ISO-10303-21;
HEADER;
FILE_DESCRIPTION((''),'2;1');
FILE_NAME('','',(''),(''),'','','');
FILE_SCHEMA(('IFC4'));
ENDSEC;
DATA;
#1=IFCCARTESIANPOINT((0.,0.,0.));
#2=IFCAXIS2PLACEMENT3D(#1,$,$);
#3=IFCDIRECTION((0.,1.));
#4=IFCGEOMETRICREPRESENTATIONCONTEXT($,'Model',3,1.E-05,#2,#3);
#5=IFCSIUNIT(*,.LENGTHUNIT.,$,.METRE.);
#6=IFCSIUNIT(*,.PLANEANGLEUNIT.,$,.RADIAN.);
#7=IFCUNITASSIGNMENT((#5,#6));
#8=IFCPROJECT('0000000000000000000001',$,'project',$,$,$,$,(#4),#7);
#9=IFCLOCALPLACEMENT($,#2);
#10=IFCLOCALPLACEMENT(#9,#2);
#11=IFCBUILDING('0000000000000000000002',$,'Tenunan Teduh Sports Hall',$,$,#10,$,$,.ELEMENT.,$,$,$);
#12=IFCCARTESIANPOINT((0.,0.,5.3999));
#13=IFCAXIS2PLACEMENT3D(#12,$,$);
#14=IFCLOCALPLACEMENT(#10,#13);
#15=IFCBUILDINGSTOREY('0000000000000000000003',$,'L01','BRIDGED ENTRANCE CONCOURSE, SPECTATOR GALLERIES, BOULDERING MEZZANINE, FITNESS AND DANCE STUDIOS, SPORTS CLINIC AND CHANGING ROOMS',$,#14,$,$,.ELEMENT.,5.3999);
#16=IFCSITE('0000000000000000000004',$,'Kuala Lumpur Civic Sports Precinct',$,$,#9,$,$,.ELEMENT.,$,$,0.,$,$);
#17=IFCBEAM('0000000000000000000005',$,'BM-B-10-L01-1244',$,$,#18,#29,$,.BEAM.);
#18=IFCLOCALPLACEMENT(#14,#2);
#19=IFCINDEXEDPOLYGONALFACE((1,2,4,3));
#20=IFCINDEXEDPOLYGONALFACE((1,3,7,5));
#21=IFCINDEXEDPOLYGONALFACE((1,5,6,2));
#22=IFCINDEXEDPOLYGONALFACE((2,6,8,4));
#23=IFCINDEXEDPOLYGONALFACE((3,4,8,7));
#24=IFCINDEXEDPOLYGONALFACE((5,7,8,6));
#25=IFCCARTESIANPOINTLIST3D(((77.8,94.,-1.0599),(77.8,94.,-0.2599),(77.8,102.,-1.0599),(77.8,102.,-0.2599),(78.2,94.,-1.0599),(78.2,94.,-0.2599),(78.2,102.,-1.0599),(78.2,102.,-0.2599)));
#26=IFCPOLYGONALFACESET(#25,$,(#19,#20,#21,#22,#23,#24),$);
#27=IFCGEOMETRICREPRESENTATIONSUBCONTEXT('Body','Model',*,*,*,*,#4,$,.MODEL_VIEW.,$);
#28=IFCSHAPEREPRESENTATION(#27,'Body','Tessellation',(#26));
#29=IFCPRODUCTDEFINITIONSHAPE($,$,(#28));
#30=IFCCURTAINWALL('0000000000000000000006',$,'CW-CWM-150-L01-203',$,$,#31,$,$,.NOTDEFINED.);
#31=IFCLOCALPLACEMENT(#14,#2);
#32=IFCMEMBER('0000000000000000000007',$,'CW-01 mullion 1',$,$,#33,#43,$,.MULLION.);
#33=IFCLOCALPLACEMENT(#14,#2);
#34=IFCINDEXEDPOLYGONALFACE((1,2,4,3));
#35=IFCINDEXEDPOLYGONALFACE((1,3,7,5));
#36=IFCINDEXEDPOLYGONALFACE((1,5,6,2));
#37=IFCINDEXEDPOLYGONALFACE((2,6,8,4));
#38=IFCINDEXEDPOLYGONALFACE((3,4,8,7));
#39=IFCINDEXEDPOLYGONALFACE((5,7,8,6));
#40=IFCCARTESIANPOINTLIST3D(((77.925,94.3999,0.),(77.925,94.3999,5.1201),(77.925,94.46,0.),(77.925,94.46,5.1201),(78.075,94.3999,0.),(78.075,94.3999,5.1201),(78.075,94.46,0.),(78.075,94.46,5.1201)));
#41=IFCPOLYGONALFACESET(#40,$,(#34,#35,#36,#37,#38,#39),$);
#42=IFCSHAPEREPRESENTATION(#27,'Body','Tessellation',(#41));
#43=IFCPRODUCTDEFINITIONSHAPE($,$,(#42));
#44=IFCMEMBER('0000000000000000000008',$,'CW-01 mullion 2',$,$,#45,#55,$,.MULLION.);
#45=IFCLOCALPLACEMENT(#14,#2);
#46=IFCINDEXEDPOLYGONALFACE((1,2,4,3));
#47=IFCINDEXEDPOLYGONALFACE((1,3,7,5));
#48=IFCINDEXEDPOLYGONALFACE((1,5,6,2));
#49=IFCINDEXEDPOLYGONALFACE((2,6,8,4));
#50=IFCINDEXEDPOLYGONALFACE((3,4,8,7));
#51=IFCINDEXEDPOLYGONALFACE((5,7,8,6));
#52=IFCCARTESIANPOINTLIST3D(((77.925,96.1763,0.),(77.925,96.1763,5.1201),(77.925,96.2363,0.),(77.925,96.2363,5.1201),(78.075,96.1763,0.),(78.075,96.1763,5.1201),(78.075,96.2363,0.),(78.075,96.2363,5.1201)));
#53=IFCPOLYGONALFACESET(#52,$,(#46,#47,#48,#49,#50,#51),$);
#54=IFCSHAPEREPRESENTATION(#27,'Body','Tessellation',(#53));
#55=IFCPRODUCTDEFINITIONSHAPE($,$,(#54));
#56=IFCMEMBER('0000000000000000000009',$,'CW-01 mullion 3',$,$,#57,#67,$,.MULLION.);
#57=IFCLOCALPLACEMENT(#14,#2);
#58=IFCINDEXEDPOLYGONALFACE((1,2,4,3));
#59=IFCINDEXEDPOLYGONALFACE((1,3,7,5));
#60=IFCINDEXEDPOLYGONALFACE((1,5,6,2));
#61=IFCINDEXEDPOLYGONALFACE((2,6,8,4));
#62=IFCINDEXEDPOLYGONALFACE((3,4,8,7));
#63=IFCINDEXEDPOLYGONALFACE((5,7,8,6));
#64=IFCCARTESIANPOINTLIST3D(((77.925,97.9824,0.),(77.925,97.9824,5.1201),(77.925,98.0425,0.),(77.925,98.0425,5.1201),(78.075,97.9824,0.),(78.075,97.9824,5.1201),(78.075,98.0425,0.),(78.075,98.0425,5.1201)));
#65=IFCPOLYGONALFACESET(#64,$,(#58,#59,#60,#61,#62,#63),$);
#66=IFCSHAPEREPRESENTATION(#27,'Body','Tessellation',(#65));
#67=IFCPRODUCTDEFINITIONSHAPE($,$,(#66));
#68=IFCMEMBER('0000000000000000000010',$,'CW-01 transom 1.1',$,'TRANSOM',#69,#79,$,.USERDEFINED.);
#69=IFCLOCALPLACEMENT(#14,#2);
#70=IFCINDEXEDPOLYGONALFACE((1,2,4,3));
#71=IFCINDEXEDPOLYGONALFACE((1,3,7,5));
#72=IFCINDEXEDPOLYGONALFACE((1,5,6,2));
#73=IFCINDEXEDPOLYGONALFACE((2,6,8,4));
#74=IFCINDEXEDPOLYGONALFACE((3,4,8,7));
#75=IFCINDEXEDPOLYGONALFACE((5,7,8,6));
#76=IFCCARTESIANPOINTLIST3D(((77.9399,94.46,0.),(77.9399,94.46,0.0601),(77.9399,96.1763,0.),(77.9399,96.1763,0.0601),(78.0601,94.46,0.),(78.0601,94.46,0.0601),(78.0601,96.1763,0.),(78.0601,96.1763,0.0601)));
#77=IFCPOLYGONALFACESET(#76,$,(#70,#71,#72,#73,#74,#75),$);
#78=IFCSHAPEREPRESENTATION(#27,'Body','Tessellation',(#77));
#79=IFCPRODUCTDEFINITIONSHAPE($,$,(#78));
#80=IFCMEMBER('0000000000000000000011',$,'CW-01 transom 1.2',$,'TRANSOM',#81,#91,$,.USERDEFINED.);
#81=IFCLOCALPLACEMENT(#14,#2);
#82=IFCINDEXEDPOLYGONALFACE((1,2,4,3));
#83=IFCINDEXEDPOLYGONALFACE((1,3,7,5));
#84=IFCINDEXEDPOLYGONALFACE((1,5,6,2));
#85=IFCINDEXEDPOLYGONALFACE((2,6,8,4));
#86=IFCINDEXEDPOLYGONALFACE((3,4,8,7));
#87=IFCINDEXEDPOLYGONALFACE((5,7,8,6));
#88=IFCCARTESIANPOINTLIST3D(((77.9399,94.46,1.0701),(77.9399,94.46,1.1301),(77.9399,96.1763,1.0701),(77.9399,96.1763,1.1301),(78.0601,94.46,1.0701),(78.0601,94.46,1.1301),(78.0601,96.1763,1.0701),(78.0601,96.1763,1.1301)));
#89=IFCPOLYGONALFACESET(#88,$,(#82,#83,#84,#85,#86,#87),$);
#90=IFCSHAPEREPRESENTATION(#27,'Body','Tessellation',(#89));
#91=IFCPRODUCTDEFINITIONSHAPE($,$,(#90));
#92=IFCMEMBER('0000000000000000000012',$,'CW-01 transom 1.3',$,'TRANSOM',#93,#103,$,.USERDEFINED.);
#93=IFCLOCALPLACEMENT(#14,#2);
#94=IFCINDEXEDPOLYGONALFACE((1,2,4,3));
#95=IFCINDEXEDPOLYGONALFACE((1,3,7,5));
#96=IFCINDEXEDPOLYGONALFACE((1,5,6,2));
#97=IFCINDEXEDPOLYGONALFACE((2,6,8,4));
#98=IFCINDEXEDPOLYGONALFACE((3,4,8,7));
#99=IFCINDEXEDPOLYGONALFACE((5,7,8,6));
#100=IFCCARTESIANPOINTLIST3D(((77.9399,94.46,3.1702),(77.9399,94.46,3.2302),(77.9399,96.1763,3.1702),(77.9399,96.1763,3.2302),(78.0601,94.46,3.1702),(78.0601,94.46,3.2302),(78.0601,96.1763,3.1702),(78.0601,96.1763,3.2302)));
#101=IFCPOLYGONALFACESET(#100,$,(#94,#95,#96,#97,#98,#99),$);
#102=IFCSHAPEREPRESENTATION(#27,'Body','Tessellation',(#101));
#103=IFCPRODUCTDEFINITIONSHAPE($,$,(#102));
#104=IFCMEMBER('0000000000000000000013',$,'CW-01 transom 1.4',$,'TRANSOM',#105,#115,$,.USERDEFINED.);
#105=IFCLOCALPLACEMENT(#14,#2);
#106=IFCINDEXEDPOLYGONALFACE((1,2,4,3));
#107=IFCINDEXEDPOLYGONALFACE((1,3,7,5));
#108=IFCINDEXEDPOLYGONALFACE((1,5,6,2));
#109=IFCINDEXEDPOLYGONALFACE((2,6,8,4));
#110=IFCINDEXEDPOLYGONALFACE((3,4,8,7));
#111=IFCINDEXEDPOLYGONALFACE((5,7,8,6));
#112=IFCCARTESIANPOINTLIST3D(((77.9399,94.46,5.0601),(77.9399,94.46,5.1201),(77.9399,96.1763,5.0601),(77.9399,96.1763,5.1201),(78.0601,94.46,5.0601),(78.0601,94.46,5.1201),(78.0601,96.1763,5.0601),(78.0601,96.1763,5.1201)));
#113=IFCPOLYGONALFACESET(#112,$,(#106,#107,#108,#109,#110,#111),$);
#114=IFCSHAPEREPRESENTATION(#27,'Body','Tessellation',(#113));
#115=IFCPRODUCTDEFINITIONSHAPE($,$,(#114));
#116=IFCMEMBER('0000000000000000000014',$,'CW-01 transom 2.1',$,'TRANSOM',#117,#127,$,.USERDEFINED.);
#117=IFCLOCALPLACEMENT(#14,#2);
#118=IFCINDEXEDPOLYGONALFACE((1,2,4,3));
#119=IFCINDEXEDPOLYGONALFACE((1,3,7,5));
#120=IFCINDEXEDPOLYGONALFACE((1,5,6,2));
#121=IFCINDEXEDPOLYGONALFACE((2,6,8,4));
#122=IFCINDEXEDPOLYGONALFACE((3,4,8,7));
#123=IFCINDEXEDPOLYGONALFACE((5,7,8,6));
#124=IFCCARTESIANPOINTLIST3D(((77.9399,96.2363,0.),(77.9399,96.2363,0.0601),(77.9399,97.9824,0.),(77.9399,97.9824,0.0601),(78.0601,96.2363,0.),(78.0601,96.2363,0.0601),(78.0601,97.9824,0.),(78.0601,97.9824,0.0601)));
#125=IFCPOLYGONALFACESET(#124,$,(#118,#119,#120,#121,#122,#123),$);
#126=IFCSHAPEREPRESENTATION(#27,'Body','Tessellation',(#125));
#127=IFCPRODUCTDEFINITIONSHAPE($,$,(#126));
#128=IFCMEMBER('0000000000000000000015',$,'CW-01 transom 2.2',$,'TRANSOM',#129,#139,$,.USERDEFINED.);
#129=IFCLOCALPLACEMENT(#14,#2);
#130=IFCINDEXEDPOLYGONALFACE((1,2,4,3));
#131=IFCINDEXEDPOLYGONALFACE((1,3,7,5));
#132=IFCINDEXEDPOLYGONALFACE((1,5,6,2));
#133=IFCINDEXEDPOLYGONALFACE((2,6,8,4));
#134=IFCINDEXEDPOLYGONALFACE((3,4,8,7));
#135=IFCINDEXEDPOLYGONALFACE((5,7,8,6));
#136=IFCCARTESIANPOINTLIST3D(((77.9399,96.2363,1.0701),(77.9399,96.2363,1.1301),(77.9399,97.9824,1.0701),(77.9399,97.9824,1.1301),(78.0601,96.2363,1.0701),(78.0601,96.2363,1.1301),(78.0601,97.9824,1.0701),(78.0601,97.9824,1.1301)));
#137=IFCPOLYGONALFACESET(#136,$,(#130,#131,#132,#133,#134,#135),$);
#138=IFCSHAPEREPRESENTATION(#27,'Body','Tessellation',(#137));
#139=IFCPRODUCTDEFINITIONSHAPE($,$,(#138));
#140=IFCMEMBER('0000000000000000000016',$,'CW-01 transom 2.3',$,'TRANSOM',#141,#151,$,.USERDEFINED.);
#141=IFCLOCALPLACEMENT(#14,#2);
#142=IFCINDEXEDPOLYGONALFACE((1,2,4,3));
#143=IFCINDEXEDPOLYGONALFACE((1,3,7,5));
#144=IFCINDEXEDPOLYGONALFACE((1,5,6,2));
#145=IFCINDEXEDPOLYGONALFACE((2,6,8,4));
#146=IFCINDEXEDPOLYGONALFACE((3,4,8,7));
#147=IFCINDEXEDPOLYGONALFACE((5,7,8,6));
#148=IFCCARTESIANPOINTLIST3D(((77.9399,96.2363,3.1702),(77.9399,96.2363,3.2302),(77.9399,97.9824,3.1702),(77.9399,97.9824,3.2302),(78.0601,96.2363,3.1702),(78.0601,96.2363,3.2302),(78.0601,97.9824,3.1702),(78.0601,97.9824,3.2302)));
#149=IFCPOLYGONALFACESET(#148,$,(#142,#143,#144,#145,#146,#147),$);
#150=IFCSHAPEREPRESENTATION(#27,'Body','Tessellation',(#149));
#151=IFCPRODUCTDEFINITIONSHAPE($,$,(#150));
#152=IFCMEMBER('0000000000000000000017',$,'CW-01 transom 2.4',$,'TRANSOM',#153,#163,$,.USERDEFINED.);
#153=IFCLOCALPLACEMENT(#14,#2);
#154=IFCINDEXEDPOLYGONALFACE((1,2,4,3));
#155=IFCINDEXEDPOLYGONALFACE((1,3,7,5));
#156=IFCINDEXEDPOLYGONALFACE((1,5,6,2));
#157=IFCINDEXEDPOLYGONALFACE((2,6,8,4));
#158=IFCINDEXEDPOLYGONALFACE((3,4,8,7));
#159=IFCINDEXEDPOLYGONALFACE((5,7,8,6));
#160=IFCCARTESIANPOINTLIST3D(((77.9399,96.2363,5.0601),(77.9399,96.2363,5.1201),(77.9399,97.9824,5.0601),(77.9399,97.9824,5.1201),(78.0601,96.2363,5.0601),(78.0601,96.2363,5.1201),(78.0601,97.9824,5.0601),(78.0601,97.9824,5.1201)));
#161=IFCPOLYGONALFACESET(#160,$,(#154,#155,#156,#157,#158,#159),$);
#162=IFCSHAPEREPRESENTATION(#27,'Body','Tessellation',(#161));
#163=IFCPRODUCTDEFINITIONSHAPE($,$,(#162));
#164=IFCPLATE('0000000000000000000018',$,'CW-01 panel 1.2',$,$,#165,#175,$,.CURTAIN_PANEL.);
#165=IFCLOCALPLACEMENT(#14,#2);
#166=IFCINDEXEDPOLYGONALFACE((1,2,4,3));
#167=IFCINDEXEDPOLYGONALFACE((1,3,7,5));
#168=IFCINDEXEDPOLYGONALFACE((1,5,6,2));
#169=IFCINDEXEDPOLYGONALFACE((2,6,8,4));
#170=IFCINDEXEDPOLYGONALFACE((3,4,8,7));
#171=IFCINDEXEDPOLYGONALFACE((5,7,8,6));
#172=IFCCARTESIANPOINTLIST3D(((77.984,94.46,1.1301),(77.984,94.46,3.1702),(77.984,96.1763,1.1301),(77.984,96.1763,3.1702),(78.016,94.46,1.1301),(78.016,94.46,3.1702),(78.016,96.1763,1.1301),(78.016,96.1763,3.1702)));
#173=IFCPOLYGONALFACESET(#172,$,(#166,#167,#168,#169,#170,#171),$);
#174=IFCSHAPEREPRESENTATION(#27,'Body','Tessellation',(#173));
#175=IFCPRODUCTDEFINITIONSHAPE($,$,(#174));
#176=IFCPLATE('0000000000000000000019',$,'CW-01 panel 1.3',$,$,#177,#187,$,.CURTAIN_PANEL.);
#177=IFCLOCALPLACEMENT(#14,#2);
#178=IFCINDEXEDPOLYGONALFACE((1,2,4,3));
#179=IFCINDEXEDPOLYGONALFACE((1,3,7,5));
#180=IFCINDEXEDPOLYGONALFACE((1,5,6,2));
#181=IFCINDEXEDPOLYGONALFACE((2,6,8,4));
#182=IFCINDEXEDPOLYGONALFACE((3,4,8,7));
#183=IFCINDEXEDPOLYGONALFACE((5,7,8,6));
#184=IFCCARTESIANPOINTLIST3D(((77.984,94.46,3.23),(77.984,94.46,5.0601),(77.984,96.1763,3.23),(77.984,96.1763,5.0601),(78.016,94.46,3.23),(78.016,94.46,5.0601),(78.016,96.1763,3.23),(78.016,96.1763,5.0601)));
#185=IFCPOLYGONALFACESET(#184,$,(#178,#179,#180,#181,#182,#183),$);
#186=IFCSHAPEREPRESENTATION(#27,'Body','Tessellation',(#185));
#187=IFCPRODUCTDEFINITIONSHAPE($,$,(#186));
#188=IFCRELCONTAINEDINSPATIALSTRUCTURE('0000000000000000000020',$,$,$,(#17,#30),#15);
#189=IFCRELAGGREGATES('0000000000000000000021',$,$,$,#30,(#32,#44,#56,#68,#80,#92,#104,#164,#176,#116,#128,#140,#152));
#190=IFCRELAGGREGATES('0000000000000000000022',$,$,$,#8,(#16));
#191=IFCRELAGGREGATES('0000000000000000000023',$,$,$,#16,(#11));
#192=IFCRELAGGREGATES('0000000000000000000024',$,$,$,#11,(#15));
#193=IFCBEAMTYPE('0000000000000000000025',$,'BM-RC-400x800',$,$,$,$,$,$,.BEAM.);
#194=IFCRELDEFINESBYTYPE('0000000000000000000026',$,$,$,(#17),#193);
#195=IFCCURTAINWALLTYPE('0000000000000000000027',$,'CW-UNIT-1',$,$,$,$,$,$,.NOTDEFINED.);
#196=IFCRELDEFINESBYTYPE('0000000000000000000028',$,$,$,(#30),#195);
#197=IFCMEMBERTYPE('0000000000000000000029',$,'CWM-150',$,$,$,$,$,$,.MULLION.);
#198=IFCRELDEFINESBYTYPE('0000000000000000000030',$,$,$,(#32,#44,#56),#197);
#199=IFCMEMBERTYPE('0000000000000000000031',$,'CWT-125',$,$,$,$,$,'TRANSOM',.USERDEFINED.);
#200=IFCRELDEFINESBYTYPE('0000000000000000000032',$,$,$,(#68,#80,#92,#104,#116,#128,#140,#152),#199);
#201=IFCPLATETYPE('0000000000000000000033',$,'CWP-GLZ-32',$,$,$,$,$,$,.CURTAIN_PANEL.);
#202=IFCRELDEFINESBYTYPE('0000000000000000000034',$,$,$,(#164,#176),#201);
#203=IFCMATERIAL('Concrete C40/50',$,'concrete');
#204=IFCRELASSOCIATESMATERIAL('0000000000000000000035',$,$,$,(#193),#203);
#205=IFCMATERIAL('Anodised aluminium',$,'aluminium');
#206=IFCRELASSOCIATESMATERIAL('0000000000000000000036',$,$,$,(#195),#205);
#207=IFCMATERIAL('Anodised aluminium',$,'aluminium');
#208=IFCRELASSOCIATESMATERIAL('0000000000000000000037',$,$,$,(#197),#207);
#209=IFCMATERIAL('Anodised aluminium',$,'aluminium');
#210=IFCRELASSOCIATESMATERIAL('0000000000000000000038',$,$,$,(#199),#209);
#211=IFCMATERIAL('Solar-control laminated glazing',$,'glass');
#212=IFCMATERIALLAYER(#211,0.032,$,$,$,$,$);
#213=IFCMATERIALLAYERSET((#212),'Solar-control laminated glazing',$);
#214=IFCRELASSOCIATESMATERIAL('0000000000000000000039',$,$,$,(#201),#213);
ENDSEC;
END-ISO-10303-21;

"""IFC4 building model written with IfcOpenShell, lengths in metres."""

from ifc_helpers import new_model, si_unit, direction, frame, origin, origin_2d, place, context, subcontext, project, spatial, rectangle, extrude, material, layer, layer_set, material_profile, profile_set, type_object, element, aggregate, save


model = new_model("IFC4")

# Units and contexts
model_context = context("Model", 3, precision=1e-05, world=origin(), true_north=direction((0.0, 1.0)))
body_context = subcontext(model_context, "Body", "Model", "MODEL_VIEW")
ifc_project = project(units=[si_unit("LENGTHUNIT", "METRE"), si_unit("PLANEANGLEUNIT", "RADIAN")], contexts=[model_context])

# Site, building, storey
site_placement = place(None, origin())
site = spatial("IfcSite", under=ifc_project, at=site_placement, Name="Kuala Lumpur Civic Sports Precinct", CompositionType="ELEMENT", RefElevation=0.0)
building_placement = place(site_placement, origin())
building = spatial("IfcBuilding", under=site, at=building_placement, Name="Tenunan Teduh Sports Hall", CompositionType="ELEMENT")
storey_placement = place(building_placement, frame((0.0, 0.0, 5.3999)))
storey = spatial("IfcBuildingStorey", under=building, at=storey_placement, Name="L01", Description="BRIDGED ENTRANCE CONCOURSE, SPECTATOR GALLERIES, BOULDERING MEZZANINE, FITNESS AND DANCE STUDIOS, SPORTS CLINIC AND CHANGING ROOMS", CompositionType="ELEMENT", Elevation=5.3999)

# Beam
ifc_material_1 = material(Name="Concrete C40/50", Category="concrete")
ifc_material_profile_1 = material_profile(ifc_material_1, rectangle(XDim=0.3999, YDim=0.8, at=origin_2d()), Name="RCB 400x800")
ifc_profile_set_1 = profile_set([ifc_material_profile_1], Name="Concrete C40/50")
beam_type = type_object("IfcBeamType", Name="BM-RC-400x800", PredefinedType="BEAM", material=ifc_profile_set_1)
beam_placement = place(storey_placement, frame((78.0, 94.0, -0.6599), z_axis=(0.0, 1.0, 0.0), x_axis=(-1.0, 0.0, 0.0)))
element("IfcBeam", 1, at=beam_placement, inside=storey, type_object=beam_type, Name="BM-B-10-L01-1244", PredefinedType="BEAM", context=body_context, shape_type="SweptSolid", body=[
    extrude(rectangle(XDim=0.3999, YDim=0.8, at=origin_2d()), origin(), (0.0, 0.0, 1.0), 8.0),
])

# Curtain wall, members, plates
ifc_material_2 = material(Name="Anodised aluminium", Category="aluminium")
curtain_wall_type = type_object("IfcCurtainWallType", Name="CW-UNIT-1", PredefinedType="NOTDEFINED", material=ifc_material_2)
curtain_wall_placement = place(storey_placement, origin())
curtain_wall = element("IfcCurtainWall", 2, at=curtain_wall_placement, inside=storey, type_object=curtain_wall_type, Name="CW-CWM-150-L01-203", PredefinedType="NOTDEFINED")
ifc_material_3 = material(Name="Anodised aluminium", Category="aluminium")
ifc_material_profile_2 = material_profile(ifc_material_3, rectangle(XDim=0.0601, YDim=0.1499, at=origin_2d()), Name="CWM 60x150")
ifc_profile_set_2 = profile_set([ifc_material_profile_2], Name="Anodised aluminium")
member_type_1 = type_object("IfcMemberType", Name="CWM-150", PredefinedType="MULLION", material=ifc_profile_set_2)
member_1_placement = place(storey_placement, frame((78.0, 94.4299, 0.0), z_axis=(0.0, 0.0, 1.0), x_axis=(0.0, 1.0, 0.0)))
member_1 = element("IfcMember", 3, at=member_1_placement, type_object=member_type_1, Name="CW-01 mullion 1", PredefinedType="MULLION", context=body_context, shape_type="SweptSolid", body=[
    extrude(rectangle(XDim=0.0601, YDim=0.1499, at=origin_2d()), origin(), (0.0, 0.0, 1.0), 5.1201),
])
member_2_placement = place(storey_placement, frame((78.0, 96.2063, 0.0), z_axis=(0.0, 0.0, 1.0), x_axis=(0.0, 1.0, 0.0)))
member_2 = element("IfcMember", 4, at=member_2_placement, type_object=member_type_1, Name="CW-01 mullion 2", PredefinedType="MULLION", context=body_context, shape_type="SweptSolid", body=[
    extrude(rectangle(XDim=0.0601, YDim=0.1499, at=origin_2d()), origin(), (0.0, 0.0, 1.0), 5.1201),
])
member_3_placement = place(storey_placement, frame((78.0, 98.0125, 0.0), z_axis=(0.0, 0.0, 1.0), x_axis=(0.0, 1.0, 0.0)))
member_3 = element("IfcMember", 5, at=member_3_placement, type_object=member_type_1, Name="CW-01 mullion 3", PredefinedType="MULLION", context=body_context, shape_type="SweptSolid", body=[
    extrude(rectangle(XDim=0.0601, YDim=0.1499, at=origin_2d()), origin(), (0.0, 0.0, 1.0), 5.1201),
])
ifc_material_4 = material(Name="Anodised aluminium", Category="aluminium")
ifc_material_profile_3 = material_profile(ifc_material_4, rectangle(XDim=0.0601, YDim=0.1201, at=origin_2d()), Name="CWT 60x120")
ifc_profile_set_3 = profile_set([ifc_material_profile_3], Name="Anodised aluminium")
member_type_2 = type_object("IfcMemberType", Name="CWT-125", ElementType="TRANSOM", PredefinedType="USERDEFINED", material=ifc_profile_set_3)
member_4_placement = place(storey_placement, frame((78.0, 94.46, 0.03), z_axis=(0.0, 1.0, 0.0), x_axis=(0.0, 0.0, 1.0)))
member_4 = element("IfcMember", 6, at=member_4_placement, type_object=member_type_2, Name="CW-01 transom 1.1", ObjectType="TRANSOM", PredefinedType="USERDEFINED", context=body_context, shape_type="SweptSolid", body=[
    extrude(rectangle(XDim=0.0601, YDim=0.1201, at=origin_2d()), origin(), (0.0, 0.0, 1.0), 1.7163),
])
member_5_placement = place(storey_placement, frame((78.0, 94.46, 1.1001), z_axis=(0.0, 1.0, 0.0), x_axis=(0.0, 0.0, 1.0)))
member_5 = element("IfcMember", 7, at=member_5_placement, type_object=member_type_2, Name="CW-01 transom 1.2", ObjectType="TRANSOM", PredefinedType="USERDEFINED", context=body_context, shape_type="SweptSolid", body=[
    extrude(rectangle(XDim=0.0601, YDim=0.1201, at=origin_2d()), origin(), (0.0, 0.0, 1.0), 1.7163),
])
member_6_placement = place(storey_placement, frame((78.0, 94.46, 3.2002), z_axis=(0.0, 1.0, 0.0), x_axis=(0.0, 0.0, 1.0)))
member_6 = element("IfcMember", 8, at=member_6_placement, type_object=member_type_2, Name="CW-01 transom 1.3", ObjectType="TRANSOM", PredefinedType="USERDEFINED", context=body_context, shape_type="SweptSolid", body=[
    extrude(rectangle(XDim=0.0601, YDim=0.1201, at=origin_2d()), origin(), (0.0, 0.0, 1.0), 1.7163),
])
member_7_placement = place(storey_placement, frame((78.0, 94.46, 5.0901), z_axis=(0.0, 1.0, 0.0), x_axis=(0.0, 0.0, 1.0)))
member_7 = element("IfcMember", 9, at=member_7_placement, type_object=member_type_2, Name="CW-01 transom 1.4", ObjectType="TRANSOM", PredefinedType="USERDEFINED", context=body_context, shape_type="SweptSolid", body=[
    extrude(rectangle(XDim=0.0601, YDim=0.1201, at=origin_2d()), origin(), (0.0, 0.0, 1.0), 1.7163),
])
member_8_placement = place(storey_placement, frame((78.0, 96.2363, 0.03), z_axis=(0.0, 1.0, 0.0), x_axis=(0.0, 0.0, 1.0)))
member_8 = element("IfcMember", 10, at=member_8_placement, type_object=member_type_2, Name="CW-01 transom 2.1", ObjectType="TRANSOM", PredefinedType="USERDEFINED", context=body_context, shape_type="SweptSolid", body=[
    extrude(rectangle(XDim=0.0601, YDim=0.1201, at=origin_2d()), origin(), (0.0, 0.0, 1.0), 1.7461),
])
member_9_placement = place(storey_placement, frame((78.0, 96.2363, 1.1001), z_axis=(0.0, 1.0, 0.0), x_axis=(0.0, 0.0, 1.0)))
member_9 = element("IfcMember", 11, at=member_9_placement, type_object=member_type_2, Name="CW-01 transom 2.2", ObjectType="TRANSOM", PredefinedType="USERDEFINED", context=body_context, shape_type="SweptSolid", body=[
    extrude(rectangle(XDim=0.0601, YDim=0.1201, at=origin_2d()), origin(), (0.0, 0.0, 1.0), 1.7461),
])
member_10_placement = place(storey_placement, frame((78.0, 96.2363, 3.2002), z_axis=(0.0, 1.0, 0.0), x_axis=(0.0, 0.0, 1.0)))
member_10 = element("IfcMember", 12, at=member_10_placement, type_object=member_type_2, Name="CW-01 transom 2.3", ObjectType="TRANSOM", PredefinedType="USERDEFINED", context=body_context, shape_type="SweptSolid", body=[
    extrude(rectangle(XDim=0.0601, YDim=0.1201, at=origin_2d()), origin(), (0.0, 0.0, 1.0), 1.7461),
])
member_11_placement = place(storey_placement, frame((78.0, 96.2363, 5.0901), z_axis=(0.0, 1.0, 0.0), x_axis=(0.0, 0.0, 1.0)))
member_11 = element("IfcMember", 13, at=member_11_placement, type_object=member_type_2, Name="CW-01 transom 2.4", ObjectType="TRANSOM", PredefinedType="USERDEFINED", context=body_context, shape_type="SweptSolid", body=[
    extrude(rectangle(XDim=0.0601, YDim=0.1201, at=origin_2d()), origin(), (0.0, 0.0, 1.0), 1.7461),
])
ifc_material_5 = material(Name="Solar-control laminated glazing", Category="glass")
ifc_layer_1 = layer(ifc_material_5, 0.032)
ifc_layer_set_1 = layer_set([ifc_layer_1], Name="Solar-control laminated glazing")
plate_type_1 = type_object("IfcPlateType", Name="CWP-GLZ-32", PredefinedType="CURTAIN_PANEL", material=ifc_layer_set_1)
plate_1_placement = place(storey_placement, frame((78.0, 95.3181, 1.1301), z_axis=(0.0, 0.0, 1.0), x_axis=(0.0, 1.0, 0.0)))
plate_1 = element("IfcPlate", 14, at=plate_1_placement, type_object=plate_type_1, Name="CW-01 panel 1.2", PredefinedType="CURTAIN_PANEL", context=body_context, shape_type="SweptSolid", body=[
    extrude(rectangle(XDim=1.7163, YDim=0.032, at=origin_2d()), origin(), (0.0, 0.0, 1.0), 2.04),
])
plate_2_placement = place(storey_placement, frame((78.0, 95.3181, 3.23), z_axis=(0.0, 0.0, 1.0), x_axis=(0.0, 1.0, 0.0)))
plate_2 = element("IfcPlate", 15, at=plate_2_placement, type_object=plate_type_1, Name="CW-01 panel 1.3", PredefinedType="CURTAIN_PANEL", context=body_context, shape_type="SweptSolid", body=[
    extrude(rectangle(XDim=1.7163, YDim=0.032, at=origin_2d()), origin(), (0.0, 0.0, 1.0), 1.8301),
])
aggregate(curtain_wall, [member_1, member_2, member_3, member_4, member_5, member_6, member_7, plate_1, plate_2, member_8, member_9, member_10, member_11])

save(model, "model.ifc")
